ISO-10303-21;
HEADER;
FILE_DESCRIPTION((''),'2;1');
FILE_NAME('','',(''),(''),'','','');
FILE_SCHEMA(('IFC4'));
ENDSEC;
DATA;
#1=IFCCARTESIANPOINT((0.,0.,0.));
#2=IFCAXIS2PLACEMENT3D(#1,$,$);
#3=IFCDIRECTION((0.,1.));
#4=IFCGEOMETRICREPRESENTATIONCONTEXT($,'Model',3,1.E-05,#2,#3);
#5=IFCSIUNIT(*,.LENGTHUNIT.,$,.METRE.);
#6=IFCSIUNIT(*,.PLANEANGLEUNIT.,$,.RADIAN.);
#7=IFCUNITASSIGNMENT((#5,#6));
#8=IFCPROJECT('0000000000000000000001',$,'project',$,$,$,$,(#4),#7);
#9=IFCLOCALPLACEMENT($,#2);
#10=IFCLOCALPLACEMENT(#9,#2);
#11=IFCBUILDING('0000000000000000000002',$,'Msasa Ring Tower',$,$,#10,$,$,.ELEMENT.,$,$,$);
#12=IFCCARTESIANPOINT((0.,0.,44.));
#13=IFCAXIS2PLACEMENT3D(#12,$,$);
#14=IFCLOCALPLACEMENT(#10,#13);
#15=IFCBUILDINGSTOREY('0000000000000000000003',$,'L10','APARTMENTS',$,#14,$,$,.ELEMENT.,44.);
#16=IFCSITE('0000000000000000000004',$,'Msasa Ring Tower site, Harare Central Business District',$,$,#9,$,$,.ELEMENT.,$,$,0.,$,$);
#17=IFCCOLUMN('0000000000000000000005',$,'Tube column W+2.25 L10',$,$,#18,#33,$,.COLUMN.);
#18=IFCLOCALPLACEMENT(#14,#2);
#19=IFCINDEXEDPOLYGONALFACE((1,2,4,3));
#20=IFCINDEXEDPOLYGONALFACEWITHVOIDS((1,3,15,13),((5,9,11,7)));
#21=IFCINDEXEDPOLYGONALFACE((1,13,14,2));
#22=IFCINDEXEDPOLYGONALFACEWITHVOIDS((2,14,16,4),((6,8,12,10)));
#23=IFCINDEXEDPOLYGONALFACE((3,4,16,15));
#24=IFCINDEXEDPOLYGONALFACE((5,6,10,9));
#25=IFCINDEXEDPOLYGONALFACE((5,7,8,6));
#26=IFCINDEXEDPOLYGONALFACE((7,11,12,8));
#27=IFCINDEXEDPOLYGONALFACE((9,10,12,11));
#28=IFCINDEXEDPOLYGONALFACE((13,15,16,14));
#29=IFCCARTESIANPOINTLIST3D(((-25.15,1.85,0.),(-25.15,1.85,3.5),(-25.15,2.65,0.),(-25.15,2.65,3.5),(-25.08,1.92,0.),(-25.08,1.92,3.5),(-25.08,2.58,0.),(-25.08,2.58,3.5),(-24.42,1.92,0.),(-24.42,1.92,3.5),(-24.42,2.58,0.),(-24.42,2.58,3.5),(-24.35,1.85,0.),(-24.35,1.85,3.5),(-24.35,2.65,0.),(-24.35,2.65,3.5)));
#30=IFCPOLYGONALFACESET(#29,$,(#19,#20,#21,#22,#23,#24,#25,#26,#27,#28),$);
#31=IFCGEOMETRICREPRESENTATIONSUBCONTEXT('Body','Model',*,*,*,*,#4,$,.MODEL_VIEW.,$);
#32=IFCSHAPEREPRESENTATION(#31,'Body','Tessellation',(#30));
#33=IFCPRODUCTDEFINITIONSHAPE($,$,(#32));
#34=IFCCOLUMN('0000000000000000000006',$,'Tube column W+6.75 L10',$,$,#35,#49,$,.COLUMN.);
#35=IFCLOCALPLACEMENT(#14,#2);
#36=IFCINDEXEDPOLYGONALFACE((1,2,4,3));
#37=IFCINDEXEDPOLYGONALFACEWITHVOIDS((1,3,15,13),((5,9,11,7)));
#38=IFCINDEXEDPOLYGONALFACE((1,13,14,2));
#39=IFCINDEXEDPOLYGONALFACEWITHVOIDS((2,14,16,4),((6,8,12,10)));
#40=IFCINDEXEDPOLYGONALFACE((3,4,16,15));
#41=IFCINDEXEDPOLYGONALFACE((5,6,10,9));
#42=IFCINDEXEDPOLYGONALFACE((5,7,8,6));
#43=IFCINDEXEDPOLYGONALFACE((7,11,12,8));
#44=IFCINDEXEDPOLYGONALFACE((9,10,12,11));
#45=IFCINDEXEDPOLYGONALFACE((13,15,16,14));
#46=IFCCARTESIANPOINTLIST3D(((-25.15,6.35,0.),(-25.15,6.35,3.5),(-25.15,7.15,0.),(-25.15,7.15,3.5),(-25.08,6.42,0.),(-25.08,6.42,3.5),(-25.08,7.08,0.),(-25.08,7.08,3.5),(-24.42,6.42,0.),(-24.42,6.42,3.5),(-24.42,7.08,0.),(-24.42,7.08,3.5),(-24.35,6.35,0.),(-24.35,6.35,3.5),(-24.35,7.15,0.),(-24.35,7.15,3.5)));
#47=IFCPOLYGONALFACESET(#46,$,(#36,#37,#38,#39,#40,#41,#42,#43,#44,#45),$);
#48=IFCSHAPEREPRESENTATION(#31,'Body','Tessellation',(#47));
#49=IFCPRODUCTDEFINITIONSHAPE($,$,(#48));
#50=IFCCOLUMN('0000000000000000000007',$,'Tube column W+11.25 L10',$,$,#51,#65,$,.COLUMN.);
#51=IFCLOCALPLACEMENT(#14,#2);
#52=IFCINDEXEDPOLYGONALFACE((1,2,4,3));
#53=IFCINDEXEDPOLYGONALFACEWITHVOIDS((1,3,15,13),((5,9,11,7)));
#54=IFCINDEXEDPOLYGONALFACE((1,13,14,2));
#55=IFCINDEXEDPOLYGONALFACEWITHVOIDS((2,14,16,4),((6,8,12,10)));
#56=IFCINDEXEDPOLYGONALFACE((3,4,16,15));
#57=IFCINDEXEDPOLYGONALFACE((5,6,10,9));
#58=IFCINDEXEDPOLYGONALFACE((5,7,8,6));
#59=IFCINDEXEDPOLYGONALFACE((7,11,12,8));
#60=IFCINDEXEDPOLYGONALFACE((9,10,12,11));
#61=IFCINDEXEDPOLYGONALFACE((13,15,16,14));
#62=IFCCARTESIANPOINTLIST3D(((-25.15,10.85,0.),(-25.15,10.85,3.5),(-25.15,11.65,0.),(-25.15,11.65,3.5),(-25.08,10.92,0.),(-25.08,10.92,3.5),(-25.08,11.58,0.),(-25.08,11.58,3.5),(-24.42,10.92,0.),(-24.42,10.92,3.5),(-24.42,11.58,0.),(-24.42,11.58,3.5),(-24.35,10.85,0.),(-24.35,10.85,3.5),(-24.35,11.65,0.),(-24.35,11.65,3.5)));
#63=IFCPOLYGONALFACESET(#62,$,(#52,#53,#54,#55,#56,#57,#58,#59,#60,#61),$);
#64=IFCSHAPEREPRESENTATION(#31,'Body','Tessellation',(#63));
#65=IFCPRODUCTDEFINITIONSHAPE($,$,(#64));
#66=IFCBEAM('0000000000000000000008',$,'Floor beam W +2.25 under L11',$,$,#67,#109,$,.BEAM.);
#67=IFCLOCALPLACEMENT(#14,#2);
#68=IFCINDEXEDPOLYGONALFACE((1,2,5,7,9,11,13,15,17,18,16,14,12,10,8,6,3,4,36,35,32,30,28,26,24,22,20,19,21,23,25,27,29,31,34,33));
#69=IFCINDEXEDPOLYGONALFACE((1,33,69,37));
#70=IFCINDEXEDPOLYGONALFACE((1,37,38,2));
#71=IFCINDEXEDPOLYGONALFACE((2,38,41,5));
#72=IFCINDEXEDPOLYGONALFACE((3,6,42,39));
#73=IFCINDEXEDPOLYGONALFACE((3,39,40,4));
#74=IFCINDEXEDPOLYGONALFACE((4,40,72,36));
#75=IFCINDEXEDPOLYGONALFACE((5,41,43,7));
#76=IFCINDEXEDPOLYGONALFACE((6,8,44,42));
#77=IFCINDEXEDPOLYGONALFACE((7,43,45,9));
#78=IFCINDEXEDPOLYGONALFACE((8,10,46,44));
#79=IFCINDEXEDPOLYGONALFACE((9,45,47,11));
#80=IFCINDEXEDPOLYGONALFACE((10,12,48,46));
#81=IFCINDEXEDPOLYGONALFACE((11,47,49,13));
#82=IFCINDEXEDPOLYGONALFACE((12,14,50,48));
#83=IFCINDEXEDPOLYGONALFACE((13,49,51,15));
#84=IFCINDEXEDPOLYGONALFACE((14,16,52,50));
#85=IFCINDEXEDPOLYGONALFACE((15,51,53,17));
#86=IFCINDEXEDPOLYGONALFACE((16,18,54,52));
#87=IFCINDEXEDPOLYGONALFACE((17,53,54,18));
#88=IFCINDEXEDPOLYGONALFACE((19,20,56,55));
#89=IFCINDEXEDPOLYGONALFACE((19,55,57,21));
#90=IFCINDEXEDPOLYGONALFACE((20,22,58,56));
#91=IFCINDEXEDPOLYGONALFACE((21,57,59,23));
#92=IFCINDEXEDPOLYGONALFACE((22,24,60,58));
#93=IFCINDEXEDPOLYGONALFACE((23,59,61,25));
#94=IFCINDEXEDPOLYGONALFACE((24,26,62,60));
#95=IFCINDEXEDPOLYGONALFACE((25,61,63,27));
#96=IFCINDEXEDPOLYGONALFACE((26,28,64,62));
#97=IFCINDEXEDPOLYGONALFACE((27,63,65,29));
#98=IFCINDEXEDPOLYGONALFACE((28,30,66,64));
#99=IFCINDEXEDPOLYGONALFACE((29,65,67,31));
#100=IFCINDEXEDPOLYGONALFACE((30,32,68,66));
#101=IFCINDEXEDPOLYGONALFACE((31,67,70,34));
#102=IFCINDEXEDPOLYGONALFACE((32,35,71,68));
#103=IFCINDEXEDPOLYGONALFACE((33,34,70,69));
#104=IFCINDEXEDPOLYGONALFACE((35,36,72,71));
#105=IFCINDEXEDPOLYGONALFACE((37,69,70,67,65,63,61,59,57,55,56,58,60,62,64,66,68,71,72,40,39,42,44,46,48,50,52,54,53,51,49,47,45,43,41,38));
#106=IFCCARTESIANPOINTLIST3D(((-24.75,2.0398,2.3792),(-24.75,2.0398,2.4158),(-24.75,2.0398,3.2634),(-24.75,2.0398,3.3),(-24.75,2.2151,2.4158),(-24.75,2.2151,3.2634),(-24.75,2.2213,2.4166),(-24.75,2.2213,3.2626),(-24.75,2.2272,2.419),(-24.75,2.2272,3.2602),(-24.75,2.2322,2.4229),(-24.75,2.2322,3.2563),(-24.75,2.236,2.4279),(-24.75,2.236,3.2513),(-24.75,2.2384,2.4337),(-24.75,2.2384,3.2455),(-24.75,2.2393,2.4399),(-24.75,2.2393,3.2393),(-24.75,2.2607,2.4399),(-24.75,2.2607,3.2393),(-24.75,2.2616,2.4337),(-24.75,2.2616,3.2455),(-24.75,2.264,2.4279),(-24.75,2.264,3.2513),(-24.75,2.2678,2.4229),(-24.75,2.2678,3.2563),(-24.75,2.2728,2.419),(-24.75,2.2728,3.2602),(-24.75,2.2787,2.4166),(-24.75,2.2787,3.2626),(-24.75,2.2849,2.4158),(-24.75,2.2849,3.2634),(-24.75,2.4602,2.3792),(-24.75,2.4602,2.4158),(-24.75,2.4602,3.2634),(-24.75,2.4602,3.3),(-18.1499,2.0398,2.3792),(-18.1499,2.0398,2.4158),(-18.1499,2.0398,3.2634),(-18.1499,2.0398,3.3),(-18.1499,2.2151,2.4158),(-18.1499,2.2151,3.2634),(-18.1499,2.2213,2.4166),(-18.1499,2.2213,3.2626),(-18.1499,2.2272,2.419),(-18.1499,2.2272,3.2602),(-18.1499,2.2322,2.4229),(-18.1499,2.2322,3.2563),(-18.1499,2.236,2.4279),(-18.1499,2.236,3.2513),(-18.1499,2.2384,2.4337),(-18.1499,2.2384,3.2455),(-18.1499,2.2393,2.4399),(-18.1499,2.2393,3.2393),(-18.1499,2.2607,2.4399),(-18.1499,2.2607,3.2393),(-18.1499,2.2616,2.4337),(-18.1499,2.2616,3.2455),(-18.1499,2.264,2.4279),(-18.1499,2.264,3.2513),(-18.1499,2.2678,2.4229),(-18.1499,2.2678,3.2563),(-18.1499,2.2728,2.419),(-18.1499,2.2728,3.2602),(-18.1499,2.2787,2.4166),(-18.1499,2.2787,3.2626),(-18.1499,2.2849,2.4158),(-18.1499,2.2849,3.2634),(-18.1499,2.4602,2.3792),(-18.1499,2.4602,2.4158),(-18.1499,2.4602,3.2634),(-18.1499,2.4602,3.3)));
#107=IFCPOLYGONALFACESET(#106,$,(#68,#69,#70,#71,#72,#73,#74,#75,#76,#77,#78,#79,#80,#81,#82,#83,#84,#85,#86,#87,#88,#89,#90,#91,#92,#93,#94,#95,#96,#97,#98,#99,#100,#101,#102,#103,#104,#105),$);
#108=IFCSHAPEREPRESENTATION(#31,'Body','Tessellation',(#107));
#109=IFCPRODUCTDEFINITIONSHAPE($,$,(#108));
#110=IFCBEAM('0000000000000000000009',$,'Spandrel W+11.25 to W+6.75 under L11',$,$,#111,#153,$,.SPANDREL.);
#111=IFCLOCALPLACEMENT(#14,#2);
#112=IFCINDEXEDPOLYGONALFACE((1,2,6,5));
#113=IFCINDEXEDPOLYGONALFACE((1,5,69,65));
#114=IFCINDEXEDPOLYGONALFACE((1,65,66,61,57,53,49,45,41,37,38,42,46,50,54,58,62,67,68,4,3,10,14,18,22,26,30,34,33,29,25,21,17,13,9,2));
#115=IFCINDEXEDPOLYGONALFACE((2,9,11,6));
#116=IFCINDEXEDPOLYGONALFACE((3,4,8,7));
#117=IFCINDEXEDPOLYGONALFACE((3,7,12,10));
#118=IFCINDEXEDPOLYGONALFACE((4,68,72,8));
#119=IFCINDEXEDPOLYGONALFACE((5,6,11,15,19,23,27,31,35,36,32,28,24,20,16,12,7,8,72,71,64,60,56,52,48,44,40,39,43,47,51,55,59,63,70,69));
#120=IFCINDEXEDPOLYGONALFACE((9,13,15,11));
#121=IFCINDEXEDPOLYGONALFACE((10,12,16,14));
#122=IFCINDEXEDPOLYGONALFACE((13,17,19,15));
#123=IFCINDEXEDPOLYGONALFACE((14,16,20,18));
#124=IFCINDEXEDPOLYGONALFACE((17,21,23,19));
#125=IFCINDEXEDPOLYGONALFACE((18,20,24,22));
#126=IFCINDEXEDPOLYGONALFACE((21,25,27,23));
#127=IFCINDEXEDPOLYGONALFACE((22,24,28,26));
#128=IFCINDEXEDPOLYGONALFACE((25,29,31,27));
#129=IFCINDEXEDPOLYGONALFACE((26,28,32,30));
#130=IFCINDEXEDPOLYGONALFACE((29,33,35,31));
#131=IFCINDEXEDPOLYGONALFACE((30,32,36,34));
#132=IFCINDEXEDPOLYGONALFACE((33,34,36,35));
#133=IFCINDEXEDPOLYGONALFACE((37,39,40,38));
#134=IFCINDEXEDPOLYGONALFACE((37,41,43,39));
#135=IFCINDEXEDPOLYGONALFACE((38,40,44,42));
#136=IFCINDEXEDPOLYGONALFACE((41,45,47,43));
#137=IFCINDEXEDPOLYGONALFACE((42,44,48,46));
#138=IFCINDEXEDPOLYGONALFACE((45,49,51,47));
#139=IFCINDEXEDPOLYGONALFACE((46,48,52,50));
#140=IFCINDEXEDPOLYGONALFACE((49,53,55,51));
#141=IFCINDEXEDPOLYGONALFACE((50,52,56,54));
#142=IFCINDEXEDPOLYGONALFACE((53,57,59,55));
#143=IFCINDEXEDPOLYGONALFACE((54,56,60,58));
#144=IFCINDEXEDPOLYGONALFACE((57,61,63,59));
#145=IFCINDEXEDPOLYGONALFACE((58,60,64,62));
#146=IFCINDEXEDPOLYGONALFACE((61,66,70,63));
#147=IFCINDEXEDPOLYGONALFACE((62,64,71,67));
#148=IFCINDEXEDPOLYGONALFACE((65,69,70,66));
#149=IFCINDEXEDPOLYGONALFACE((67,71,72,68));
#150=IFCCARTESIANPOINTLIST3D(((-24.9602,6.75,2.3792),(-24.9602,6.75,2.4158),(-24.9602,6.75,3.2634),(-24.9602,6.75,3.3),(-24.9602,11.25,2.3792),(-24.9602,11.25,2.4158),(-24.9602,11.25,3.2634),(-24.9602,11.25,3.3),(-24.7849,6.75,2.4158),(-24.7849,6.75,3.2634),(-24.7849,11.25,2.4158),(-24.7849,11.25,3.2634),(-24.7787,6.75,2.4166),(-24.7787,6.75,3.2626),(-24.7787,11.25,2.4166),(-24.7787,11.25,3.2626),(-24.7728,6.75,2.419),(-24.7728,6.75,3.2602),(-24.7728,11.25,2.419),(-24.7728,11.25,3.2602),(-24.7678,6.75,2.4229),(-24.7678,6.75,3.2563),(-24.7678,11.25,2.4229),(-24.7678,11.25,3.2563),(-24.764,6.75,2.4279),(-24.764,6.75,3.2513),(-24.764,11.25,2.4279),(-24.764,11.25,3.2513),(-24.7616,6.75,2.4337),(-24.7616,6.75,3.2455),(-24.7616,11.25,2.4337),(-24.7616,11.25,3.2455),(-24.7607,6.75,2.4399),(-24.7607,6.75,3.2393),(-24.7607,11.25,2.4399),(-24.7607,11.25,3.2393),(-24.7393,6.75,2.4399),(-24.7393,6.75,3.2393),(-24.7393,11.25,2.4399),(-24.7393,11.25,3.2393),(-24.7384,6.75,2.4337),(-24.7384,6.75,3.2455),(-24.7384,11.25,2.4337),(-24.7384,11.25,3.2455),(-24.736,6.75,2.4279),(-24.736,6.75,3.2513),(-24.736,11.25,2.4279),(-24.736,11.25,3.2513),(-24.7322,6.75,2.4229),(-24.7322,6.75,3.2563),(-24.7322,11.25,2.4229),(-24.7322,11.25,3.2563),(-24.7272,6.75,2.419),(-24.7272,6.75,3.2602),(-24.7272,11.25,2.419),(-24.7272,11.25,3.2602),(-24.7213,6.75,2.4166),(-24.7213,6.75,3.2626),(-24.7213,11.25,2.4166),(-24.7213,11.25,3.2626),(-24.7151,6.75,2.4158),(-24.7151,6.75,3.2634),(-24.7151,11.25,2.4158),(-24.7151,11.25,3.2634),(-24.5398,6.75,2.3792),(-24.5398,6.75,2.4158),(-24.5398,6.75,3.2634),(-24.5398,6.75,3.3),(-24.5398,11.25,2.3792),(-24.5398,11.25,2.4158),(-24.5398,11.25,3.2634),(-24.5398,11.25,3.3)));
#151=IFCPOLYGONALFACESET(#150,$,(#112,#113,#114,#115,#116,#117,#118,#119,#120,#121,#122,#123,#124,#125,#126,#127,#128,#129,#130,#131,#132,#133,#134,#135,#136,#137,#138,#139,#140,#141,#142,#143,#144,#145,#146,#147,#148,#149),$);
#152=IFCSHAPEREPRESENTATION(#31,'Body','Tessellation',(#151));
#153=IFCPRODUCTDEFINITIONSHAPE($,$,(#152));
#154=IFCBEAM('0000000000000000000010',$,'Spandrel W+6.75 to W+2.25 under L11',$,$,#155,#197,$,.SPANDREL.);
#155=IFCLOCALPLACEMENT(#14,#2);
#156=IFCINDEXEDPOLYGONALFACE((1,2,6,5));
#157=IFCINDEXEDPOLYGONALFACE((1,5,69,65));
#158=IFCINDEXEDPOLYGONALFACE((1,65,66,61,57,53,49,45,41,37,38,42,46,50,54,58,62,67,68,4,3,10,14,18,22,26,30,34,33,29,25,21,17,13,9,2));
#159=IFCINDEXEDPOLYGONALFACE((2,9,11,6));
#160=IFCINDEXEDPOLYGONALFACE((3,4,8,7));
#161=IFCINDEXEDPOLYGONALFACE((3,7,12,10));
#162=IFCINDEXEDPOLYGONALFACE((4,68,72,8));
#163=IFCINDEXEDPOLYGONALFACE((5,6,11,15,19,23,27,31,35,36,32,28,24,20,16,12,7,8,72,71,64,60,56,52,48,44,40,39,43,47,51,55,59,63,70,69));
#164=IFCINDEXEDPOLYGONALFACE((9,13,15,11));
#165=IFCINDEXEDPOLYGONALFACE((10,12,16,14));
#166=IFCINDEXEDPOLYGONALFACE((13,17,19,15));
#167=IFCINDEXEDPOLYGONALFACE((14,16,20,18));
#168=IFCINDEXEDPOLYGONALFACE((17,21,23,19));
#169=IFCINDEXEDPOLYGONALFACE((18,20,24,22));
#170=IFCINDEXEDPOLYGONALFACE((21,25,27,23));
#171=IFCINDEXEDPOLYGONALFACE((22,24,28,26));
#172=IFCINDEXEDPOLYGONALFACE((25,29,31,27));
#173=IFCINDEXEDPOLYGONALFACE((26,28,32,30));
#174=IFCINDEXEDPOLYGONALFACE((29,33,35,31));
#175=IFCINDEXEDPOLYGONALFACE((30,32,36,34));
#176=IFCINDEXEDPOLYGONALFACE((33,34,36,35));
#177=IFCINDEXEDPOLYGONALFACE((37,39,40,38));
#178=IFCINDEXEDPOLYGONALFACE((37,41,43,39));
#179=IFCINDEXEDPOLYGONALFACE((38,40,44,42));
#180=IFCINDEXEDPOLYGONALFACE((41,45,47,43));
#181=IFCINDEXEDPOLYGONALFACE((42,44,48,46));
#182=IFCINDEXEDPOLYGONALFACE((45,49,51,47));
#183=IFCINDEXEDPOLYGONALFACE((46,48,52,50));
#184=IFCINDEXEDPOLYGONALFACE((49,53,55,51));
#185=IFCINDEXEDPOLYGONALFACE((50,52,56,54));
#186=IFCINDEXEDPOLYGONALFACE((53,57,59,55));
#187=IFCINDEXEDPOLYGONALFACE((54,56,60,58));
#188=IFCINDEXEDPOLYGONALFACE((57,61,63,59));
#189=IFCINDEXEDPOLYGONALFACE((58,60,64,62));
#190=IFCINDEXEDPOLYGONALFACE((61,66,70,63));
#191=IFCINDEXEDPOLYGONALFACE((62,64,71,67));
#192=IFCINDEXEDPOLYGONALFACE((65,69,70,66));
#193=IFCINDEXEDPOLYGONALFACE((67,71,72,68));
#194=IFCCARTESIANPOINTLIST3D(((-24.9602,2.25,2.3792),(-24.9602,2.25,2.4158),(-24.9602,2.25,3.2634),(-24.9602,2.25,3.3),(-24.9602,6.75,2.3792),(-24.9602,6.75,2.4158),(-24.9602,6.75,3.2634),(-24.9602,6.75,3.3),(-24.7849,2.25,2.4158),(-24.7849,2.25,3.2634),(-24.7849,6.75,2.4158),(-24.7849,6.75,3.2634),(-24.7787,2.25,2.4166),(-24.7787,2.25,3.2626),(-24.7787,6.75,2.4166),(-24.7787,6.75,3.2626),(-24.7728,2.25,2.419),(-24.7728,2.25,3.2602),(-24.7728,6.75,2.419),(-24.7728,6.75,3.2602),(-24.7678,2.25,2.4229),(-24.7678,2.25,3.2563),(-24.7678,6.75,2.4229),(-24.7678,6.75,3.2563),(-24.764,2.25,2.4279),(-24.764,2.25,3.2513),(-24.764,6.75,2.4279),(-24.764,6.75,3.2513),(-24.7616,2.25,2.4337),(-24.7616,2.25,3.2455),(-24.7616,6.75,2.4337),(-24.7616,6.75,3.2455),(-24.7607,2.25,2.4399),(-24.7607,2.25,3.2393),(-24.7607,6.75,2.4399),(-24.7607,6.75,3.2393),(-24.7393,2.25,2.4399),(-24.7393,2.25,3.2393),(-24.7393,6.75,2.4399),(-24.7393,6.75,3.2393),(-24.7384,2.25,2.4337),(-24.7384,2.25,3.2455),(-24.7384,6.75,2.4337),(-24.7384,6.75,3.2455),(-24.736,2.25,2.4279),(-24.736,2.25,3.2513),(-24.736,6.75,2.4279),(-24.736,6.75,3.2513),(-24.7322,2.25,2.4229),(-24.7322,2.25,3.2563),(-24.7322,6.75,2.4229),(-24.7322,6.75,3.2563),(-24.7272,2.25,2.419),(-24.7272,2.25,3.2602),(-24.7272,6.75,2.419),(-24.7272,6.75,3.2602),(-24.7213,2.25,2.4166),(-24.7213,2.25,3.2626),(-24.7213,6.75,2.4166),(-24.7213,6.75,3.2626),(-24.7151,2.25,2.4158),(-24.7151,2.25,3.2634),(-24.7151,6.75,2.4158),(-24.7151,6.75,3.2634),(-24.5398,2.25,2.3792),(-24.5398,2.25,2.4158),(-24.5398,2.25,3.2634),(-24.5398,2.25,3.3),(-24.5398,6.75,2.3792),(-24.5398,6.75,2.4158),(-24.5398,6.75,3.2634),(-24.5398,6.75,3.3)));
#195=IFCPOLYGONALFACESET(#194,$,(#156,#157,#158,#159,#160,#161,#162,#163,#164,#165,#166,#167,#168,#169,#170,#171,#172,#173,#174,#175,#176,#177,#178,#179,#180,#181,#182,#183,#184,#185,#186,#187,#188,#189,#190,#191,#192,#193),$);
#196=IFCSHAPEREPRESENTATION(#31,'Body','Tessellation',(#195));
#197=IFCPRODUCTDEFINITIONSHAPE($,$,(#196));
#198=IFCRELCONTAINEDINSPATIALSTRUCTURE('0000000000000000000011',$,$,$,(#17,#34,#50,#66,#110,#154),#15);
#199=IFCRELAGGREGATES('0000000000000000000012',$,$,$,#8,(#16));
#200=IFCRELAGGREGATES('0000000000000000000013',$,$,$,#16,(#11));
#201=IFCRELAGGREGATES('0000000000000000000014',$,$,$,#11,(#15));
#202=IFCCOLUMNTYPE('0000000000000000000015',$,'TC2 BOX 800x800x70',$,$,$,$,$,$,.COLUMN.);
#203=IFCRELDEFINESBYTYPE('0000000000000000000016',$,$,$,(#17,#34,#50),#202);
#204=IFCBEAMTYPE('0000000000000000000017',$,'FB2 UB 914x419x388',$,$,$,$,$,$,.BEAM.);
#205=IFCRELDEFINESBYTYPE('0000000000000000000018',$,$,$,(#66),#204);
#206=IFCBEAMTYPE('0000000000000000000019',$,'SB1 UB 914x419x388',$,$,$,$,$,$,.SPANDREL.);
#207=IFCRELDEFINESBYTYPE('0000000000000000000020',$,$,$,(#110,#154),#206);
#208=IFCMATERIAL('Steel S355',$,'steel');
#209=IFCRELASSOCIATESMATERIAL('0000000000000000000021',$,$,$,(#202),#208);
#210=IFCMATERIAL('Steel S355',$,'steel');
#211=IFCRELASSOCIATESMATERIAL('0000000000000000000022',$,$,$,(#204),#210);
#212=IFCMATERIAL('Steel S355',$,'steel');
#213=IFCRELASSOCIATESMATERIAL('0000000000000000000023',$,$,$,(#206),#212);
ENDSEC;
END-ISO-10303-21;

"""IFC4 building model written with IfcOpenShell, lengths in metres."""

from ifc_helpers import new_model, si_unit, direction, frame, origin, origin_2d, place, context, subcontext, project, spatial, hollow_rectangle, i_section, extrude, material, material_profile, profile_set, type_object, element, save


model = new_model("IFC4")

# Units and contexts
model_context = context("Model", 3, precision=1e-05, world=origin(), true_north=direction((0.0, 1.0)))
body_context = subcontext(model_context, "Body", "Model", "MODEL_VIEW")
ifc_project = project(units=[si_unit("LENGTHUNIT", "METRE"), si_unit("PLANEANGLEUNIT", "RADIAN")], contexts=[model_context])

# Site, building, storey
site_placement = place(None, origin())
site = spatial("IfcSite", under=ifc_project, at=site_placement, Name="Msasa Ring Tower site, Harare Central Business District", CompositionType="ELEMENT", RefElevation=0.0)
building_placement = place(site_placement, origin())
building = spatial("IfcBuilding", under=site, at=building_placement, Name="Msasa Ring Tower", CompositionType="ELEMENT")
storey_placement = place(building_placement, frame((0.0, 0.0, 44.0)))
storey = spatial("IfcBuildingStorey", under=building, at=storey_placement, Name="L10", Description="APARTMENTS", CompositionType="ELEMENT", Elevation=44.0)

# Columns
ifc_material_1 = material(Name="Steel S355", Category="steel")
ifc_material_profile_1 = material_profile(ifc_material_1, hollow_rectangle(XDim=0.8, YDim=0.8, WallThickness=0.0701, at=origin_2d()), Name="BOX 800x800x70")
ifc_profile_set_1 = profile_set([ifc_material_profile_1], Name="Steel S355")
column_type = type_object("IfcColumnType", Name="TC2 BOX 800x800x70", PredefinedType="COLUMN", material=ifc_profile_set_1)
for number, where, z_axis, x_axis, name in (
    (1, (-24.75, 2.25, 0.0), (0.0, 0.0, 1.0), (1.0, 0.0, 0.0), "Tube column W+2.25 L10"),
    (2, (-24.75, 6.75, 0.0), (0.0, 0.0, 1.0), (1.0, 0.0, 0.0), "Tube column W+6.75 L10"),
    (3, (-24.75, 11.25, 0.0), (0.0, 0.0, 1.0), (1.0, 0.0, 0.0), "Tube column W+11.25 L10"),
):
    element("IfcColumn", number, at=place(storey_placement, frame(where, z_axis=z_axis, x_axis=x_axis)), inside=storey, type_object=column_type, Name=name, PredefinedType="COLUMN", context=body_context, shape_type="SweptSolid", body=[
        extrude(hollow_rectangle(XDim=0.8, YDim=0.8, WallThickness=0.0701, at=origin_2d()), origin(), (0.0, 0.0, 1.0), 3.5),
    ])

# Beams
ifc_material_2 = material(Name="Steel S355", Category="steel")
ifc_material_profile_2 = material_profile(ifc_material_2, i_section(OverallWidth=0.4204, OverallDepth=0.9209, WebThickness=0.0215, FlangeThickness=0.0366, FilletRadius=0.0242, at=origin_2d()), Name="UB 914x419x388")
ifc_profile_set_2 = profile_set([ifc_material_profile_2], Name="Steel S355")
beam_type_1 = type_object("IfcBeamType", Name="FB2 UB 914x419x388", PredefinedType="BEAM", material=ifc_profile_set_2)
beam_placement = place(storey_placement, frame((-24.75, 2.25, 2.8396), z_axis=(1.0, 0.0, 0.0), x_axis=(0.0, 1.0, 0.0)))
element("IfcBeam", 4, at=beam_placement, inside=storey, type_object=beam_type_1, Name="Floor beam W +2.25 under L11", PredefinedType="BEAM", context=body_context, shape_type="SweptSolid", body=[
    extrude(i_section(OverallWidth=0.4204, OverallDepth=0.9209, WebThickness=0.0215, FlangeThickness=0.0366, FilletRadius=0.0242, at=origin_2d()), origin(), (0.0, 0.0, 1.0), 6.6001),
])
ifc_material_3 = material(Name="Steel S355", Category="steel")
ifc_material_profile_3 = material_profile(ifc_material_3, i_section(OverallWidth=0.4204, OverallDepth=0.9209, WebThickness=0.0215, FlangeThickness=0.0366, FilletRadius=0.0242, at=origin_2d()), Name="UB 914x419x388")
ifc_profile_set_3 = profile_set([ifc_material_profile_3], Name="Steel S355")
beam_type_2 = type_object("IfcBeamType", Name="SB1 UB 914x419x388", PredefinedType="SPANDREL", material=ifc_profile_set_3)
for number, where, z_axis, x_axis, name in (
    (5, (-24.75, 11.25, 2.8396), (0.0, -1.0, 0.0), (1.0, 0.0, 0.0), "Spandrel W+11.25 to W+6.75 under L11"),
    (6, (-24.75, 6.75, 2.8396), (0.0, -1.0, 0.0), (1.0, 0.0, 0.0), "Spandrel W+6.75 to W+2.25 under L11"),
):
    element("IfcBeam", number, at=place(storey_placement, frame(where, z_axis=z_axis, x_axis=x_axis)), inside=storey, type_object=beam_type_2, Name=name, PredefinedType="SPANDREL", context=body_context, shape_type="SweptSolid", body=[
        extrude(i_section(OverallWidth=0.4204, OverallDepth=0.9209, WebThickness=0.0215, FlangeThickness=0.0366, FilletRadius=0.0242, at=origin_2d()), origin(), (0.0, 0.0, 1.0), 4.5),
    ])

save(model, "model.ifc")
